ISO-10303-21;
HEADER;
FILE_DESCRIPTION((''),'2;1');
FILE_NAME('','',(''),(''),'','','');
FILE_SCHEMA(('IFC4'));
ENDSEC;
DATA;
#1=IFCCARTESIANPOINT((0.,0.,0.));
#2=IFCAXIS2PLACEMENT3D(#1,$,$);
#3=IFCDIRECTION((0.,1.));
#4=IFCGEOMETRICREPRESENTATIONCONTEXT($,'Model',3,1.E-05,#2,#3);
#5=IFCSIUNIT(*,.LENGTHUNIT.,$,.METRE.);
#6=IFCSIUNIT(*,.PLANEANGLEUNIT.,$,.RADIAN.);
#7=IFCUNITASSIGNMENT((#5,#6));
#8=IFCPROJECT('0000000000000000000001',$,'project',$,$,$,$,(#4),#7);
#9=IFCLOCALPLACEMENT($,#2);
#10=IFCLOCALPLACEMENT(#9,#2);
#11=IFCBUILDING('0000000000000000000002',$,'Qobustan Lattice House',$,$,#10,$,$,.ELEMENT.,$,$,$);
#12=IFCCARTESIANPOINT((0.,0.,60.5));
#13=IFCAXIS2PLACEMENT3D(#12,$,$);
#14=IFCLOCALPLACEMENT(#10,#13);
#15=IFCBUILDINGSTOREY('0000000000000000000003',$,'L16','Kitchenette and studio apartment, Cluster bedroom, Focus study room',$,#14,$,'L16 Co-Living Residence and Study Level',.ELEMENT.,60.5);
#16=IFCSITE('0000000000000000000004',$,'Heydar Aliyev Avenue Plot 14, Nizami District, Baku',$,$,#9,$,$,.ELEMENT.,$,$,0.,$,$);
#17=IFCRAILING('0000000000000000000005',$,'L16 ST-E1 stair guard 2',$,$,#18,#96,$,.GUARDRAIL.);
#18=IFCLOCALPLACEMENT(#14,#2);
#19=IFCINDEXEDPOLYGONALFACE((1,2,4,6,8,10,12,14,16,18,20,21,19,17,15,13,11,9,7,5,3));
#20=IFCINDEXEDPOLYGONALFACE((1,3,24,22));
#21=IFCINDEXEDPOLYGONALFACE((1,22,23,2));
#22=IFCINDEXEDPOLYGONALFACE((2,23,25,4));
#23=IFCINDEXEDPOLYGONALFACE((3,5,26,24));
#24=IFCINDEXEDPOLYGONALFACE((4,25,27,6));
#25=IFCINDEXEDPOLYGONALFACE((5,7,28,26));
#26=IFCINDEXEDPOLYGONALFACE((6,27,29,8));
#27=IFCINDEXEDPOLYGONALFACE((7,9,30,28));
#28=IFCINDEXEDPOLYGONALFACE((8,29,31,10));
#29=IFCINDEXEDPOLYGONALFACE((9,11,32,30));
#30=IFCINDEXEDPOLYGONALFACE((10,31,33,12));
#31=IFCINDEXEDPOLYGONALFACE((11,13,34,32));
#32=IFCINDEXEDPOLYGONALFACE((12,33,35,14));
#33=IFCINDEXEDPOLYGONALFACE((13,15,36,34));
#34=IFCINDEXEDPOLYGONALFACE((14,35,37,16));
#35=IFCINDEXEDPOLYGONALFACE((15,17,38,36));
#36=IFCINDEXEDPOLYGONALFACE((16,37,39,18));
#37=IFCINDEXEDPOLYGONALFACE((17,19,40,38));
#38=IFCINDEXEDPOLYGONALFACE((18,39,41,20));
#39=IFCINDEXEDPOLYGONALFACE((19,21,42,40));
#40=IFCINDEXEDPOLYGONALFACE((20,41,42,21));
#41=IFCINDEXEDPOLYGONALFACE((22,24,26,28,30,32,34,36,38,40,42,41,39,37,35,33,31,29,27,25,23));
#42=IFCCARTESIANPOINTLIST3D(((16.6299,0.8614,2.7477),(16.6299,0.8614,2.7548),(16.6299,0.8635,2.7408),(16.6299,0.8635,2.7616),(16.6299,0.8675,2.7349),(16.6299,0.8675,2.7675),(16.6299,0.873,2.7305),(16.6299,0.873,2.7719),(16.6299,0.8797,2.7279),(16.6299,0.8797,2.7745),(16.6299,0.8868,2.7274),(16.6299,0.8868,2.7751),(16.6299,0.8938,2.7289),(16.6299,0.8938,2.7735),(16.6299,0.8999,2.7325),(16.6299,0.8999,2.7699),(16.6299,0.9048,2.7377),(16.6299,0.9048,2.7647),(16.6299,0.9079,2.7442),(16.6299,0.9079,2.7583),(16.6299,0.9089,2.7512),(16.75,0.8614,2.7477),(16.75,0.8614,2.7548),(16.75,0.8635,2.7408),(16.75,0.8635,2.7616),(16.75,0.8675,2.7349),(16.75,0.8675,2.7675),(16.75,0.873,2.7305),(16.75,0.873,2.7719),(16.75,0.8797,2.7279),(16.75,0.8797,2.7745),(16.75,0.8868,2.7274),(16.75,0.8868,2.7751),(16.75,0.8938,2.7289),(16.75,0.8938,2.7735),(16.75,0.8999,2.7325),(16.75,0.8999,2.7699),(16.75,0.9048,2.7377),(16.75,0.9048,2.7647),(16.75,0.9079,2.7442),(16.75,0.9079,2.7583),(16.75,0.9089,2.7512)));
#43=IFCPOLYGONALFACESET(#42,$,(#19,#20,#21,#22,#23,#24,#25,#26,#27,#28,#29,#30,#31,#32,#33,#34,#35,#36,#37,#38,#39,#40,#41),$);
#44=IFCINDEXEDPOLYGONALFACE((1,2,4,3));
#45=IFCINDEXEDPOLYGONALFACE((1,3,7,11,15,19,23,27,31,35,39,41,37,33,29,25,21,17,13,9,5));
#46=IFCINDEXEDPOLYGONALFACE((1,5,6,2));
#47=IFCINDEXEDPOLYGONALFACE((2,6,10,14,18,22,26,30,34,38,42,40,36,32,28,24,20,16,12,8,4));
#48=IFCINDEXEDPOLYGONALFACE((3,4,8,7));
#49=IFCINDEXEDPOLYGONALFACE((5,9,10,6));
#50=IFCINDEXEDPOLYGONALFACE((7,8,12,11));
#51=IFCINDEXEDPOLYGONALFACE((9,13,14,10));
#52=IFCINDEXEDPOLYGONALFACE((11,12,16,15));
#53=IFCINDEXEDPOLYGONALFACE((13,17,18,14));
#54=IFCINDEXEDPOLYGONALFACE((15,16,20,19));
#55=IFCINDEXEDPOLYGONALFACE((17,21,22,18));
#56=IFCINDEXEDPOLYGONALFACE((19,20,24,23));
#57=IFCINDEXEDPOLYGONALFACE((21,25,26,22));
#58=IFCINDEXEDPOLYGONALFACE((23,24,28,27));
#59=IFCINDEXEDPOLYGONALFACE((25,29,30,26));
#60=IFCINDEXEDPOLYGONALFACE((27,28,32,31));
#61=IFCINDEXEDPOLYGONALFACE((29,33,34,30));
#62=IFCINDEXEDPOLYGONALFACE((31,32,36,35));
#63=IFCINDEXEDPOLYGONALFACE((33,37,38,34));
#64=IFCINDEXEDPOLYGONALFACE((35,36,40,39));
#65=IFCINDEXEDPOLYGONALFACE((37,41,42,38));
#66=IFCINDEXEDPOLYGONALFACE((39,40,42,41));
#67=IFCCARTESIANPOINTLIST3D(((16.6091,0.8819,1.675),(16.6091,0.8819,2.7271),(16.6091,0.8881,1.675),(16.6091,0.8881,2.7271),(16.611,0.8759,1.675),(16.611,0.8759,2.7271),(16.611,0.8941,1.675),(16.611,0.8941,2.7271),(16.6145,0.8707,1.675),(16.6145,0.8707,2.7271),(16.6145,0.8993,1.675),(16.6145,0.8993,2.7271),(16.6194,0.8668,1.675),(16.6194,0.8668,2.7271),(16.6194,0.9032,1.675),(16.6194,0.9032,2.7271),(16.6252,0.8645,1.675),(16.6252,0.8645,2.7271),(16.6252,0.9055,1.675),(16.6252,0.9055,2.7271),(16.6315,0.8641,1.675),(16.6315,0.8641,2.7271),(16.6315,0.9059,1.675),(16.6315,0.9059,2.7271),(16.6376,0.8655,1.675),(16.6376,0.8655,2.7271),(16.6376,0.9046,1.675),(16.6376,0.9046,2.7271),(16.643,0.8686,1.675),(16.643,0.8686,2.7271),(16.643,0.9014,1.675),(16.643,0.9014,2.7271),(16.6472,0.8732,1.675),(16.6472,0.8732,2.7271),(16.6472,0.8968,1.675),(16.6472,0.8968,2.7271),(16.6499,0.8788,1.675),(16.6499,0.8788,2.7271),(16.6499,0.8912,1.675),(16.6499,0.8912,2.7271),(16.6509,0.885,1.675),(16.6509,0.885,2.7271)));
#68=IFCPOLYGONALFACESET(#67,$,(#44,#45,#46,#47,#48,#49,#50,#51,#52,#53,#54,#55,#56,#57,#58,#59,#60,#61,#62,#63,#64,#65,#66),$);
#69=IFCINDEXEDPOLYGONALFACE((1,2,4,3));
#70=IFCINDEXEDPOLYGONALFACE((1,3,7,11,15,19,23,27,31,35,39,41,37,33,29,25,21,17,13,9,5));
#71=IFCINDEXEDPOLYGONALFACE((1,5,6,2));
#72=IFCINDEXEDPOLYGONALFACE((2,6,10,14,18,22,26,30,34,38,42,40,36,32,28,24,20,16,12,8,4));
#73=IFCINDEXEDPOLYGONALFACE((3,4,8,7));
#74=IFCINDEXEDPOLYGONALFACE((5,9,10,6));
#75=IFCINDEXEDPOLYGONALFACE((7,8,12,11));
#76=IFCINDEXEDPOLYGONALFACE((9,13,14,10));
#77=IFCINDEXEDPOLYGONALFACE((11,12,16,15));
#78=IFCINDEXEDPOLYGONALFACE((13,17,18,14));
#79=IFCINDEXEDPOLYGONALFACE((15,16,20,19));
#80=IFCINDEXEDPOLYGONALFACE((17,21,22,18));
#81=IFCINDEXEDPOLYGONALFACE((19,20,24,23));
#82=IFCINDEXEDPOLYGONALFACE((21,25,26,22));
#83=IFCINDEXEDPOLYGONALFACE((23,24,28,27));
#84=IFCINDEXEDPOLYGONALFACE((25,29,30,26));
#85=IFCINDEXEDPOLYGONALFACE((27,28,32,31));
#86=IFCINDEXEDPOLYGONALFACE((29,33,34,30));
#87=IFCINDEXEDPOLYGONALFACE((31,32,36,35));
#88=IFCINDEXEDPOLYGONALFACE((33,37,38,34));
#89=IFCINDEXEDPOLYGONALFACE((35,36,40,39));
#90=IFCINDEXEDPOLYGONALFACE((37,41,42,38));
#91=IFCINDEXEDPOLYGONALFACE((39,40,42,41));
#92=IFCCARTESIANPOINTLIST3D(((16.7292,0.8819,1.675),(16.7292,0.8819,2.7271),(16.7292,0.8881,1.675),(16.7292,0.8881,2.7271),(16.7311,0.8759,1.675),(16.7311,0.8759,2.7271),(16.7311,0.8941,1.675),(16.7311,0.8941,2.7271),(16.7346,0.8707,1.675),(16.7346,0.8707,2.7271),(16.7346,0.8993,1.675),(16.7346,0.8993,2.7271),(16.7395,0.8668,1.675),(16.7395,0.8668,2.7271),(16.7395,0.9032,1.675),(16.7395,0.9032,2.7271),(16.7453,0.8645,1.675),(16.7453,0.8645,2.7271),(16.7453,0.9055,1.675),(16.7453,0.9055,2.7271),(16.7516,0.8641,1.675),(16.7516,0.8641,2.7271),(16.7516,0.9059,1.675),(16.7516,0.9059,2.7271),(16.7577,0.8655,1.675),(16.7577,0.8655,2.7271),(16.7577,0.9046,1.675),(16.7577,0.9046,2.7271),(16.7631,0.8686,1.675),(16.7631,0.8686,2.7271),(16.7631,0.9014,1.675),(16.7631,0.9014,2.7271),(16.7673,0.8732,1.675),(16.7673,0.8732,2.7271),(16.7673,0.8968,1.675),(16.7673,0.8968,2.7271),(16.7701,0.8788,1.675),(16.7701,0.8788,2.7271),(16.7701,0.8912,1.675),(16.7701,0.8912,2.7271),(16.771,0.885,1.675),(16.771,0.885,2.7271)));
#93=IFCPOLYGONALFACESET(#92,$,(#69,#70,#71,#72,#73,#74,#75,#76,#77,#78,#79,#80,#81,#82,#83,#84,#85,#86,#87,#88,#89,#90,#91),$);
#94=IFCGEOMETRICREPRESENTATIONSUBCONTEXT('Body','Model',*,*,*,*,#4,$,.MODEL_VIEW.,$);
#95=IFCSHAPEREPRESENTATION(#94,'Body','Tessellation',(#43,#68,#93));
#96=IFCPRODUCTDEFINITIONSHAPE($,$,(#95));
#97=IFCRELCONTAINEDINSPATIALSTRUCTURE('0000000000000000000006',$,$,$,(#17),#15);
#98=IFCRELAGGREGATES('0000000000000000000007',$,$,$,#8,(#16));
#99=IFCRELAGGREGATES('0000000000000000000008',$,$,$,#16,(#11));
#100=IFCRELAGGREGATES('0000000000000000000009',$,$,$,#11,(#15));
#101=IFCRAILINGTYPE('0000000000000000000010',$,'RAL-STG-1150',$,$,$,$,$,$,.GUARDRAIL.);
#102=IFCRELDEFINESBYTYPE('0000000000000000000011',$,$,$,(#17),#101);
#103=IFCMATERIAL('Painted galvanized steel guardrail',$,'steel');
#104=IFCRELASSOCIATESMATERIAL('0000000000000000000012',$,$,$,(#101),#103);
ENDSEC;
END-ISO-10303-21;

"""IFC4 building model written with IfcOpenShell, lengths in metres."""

from ifc_helpers import new_model, si_unit, direction, frame, origin, origin_2d, place, context, subcontext, project, spatial, circle, extrude, material, type_object, element, save


model = new_model("IFC4")

# Units and contexts
model_context = context("Model", 3, precision=1e-05, world=origin(), true_north=direction((0.0, 1.0)))
body_context = subcontext(model_context, "Body", "Model", "MODEL_VIEW")
ifc_project = project(units=[si_unit("LENGTHUNIT", "METRE"), si_unit("PLANEANGLEUNIT", "RADIAN")], contexts=[model_context])

# Site, building, storey
site_placement = place(None, origin())
site = spatial("IfcSite", under=ifc_project, at=site_placement, Name="Heydar Aliyev Avenue Plot 14, Nizami District, Baku", CompositionType="ELEMENT", RefElevation=0.0)
building_placement = place(site_placement, origin())
building = spatial("IfcBuilding", under=site, at=building_placement, Name="Qobustan Lattice House", CompositionType="ELEMENT")
storey_placement = place(building_placement, frame((0.0, 0.0, 60.5)))
storey = spatial("IfcBuildingStorey", under=building, at=storey_placement, Name="L16", Description="Kitchenette and studio apartment, Cluster bedroom, Focus study room", LongName="L16 Co-Living Residence and Study Level", CompositionType="ELEMENT", Elevation=60.5)

# Railing
ifc_material_1 = material(Name="Painted galvanized steel guardrail", Category="steel")
railing_type_1 = type_object("IfcRailingType", Name="RAL-STG-1150", PredefinedType="GUARDRAIL", material=ifc_material_1)
railing_1_placement = place(storey_placement, frame((16.6299, 0.885, 1.675)))
element("IfcRailing", 1, at=railing_1_placement, inside=storey, type_object=railing_type_1, Name="L16 ST-E1 stair guard 2", PredefinedType="GUARDRAIL", context=body_context, shape_type="SweptSolid", body=[
    extrude(circle(Radius=0.0239, at=origin_2d()), frame((0.0, 0.0, 1.0762), z_axis=(1.0, 0.0, 0.0), x_axis=(0.0, 1.0, 0.0)), (0.0, 0.0, 1.0), 0.1201),
    extrude(circle(Radius=0.021, at=origin_2d()), origin(), (0.0, 0.0, 1.0), 1.052),
    extrude(circle(Radius=0.021, at=origin_2d()), frame((0.1201, 0.0, 0.0)), (0.0, 0.0, 1.0), 1.052),
])

save(model, "model.ifc")
